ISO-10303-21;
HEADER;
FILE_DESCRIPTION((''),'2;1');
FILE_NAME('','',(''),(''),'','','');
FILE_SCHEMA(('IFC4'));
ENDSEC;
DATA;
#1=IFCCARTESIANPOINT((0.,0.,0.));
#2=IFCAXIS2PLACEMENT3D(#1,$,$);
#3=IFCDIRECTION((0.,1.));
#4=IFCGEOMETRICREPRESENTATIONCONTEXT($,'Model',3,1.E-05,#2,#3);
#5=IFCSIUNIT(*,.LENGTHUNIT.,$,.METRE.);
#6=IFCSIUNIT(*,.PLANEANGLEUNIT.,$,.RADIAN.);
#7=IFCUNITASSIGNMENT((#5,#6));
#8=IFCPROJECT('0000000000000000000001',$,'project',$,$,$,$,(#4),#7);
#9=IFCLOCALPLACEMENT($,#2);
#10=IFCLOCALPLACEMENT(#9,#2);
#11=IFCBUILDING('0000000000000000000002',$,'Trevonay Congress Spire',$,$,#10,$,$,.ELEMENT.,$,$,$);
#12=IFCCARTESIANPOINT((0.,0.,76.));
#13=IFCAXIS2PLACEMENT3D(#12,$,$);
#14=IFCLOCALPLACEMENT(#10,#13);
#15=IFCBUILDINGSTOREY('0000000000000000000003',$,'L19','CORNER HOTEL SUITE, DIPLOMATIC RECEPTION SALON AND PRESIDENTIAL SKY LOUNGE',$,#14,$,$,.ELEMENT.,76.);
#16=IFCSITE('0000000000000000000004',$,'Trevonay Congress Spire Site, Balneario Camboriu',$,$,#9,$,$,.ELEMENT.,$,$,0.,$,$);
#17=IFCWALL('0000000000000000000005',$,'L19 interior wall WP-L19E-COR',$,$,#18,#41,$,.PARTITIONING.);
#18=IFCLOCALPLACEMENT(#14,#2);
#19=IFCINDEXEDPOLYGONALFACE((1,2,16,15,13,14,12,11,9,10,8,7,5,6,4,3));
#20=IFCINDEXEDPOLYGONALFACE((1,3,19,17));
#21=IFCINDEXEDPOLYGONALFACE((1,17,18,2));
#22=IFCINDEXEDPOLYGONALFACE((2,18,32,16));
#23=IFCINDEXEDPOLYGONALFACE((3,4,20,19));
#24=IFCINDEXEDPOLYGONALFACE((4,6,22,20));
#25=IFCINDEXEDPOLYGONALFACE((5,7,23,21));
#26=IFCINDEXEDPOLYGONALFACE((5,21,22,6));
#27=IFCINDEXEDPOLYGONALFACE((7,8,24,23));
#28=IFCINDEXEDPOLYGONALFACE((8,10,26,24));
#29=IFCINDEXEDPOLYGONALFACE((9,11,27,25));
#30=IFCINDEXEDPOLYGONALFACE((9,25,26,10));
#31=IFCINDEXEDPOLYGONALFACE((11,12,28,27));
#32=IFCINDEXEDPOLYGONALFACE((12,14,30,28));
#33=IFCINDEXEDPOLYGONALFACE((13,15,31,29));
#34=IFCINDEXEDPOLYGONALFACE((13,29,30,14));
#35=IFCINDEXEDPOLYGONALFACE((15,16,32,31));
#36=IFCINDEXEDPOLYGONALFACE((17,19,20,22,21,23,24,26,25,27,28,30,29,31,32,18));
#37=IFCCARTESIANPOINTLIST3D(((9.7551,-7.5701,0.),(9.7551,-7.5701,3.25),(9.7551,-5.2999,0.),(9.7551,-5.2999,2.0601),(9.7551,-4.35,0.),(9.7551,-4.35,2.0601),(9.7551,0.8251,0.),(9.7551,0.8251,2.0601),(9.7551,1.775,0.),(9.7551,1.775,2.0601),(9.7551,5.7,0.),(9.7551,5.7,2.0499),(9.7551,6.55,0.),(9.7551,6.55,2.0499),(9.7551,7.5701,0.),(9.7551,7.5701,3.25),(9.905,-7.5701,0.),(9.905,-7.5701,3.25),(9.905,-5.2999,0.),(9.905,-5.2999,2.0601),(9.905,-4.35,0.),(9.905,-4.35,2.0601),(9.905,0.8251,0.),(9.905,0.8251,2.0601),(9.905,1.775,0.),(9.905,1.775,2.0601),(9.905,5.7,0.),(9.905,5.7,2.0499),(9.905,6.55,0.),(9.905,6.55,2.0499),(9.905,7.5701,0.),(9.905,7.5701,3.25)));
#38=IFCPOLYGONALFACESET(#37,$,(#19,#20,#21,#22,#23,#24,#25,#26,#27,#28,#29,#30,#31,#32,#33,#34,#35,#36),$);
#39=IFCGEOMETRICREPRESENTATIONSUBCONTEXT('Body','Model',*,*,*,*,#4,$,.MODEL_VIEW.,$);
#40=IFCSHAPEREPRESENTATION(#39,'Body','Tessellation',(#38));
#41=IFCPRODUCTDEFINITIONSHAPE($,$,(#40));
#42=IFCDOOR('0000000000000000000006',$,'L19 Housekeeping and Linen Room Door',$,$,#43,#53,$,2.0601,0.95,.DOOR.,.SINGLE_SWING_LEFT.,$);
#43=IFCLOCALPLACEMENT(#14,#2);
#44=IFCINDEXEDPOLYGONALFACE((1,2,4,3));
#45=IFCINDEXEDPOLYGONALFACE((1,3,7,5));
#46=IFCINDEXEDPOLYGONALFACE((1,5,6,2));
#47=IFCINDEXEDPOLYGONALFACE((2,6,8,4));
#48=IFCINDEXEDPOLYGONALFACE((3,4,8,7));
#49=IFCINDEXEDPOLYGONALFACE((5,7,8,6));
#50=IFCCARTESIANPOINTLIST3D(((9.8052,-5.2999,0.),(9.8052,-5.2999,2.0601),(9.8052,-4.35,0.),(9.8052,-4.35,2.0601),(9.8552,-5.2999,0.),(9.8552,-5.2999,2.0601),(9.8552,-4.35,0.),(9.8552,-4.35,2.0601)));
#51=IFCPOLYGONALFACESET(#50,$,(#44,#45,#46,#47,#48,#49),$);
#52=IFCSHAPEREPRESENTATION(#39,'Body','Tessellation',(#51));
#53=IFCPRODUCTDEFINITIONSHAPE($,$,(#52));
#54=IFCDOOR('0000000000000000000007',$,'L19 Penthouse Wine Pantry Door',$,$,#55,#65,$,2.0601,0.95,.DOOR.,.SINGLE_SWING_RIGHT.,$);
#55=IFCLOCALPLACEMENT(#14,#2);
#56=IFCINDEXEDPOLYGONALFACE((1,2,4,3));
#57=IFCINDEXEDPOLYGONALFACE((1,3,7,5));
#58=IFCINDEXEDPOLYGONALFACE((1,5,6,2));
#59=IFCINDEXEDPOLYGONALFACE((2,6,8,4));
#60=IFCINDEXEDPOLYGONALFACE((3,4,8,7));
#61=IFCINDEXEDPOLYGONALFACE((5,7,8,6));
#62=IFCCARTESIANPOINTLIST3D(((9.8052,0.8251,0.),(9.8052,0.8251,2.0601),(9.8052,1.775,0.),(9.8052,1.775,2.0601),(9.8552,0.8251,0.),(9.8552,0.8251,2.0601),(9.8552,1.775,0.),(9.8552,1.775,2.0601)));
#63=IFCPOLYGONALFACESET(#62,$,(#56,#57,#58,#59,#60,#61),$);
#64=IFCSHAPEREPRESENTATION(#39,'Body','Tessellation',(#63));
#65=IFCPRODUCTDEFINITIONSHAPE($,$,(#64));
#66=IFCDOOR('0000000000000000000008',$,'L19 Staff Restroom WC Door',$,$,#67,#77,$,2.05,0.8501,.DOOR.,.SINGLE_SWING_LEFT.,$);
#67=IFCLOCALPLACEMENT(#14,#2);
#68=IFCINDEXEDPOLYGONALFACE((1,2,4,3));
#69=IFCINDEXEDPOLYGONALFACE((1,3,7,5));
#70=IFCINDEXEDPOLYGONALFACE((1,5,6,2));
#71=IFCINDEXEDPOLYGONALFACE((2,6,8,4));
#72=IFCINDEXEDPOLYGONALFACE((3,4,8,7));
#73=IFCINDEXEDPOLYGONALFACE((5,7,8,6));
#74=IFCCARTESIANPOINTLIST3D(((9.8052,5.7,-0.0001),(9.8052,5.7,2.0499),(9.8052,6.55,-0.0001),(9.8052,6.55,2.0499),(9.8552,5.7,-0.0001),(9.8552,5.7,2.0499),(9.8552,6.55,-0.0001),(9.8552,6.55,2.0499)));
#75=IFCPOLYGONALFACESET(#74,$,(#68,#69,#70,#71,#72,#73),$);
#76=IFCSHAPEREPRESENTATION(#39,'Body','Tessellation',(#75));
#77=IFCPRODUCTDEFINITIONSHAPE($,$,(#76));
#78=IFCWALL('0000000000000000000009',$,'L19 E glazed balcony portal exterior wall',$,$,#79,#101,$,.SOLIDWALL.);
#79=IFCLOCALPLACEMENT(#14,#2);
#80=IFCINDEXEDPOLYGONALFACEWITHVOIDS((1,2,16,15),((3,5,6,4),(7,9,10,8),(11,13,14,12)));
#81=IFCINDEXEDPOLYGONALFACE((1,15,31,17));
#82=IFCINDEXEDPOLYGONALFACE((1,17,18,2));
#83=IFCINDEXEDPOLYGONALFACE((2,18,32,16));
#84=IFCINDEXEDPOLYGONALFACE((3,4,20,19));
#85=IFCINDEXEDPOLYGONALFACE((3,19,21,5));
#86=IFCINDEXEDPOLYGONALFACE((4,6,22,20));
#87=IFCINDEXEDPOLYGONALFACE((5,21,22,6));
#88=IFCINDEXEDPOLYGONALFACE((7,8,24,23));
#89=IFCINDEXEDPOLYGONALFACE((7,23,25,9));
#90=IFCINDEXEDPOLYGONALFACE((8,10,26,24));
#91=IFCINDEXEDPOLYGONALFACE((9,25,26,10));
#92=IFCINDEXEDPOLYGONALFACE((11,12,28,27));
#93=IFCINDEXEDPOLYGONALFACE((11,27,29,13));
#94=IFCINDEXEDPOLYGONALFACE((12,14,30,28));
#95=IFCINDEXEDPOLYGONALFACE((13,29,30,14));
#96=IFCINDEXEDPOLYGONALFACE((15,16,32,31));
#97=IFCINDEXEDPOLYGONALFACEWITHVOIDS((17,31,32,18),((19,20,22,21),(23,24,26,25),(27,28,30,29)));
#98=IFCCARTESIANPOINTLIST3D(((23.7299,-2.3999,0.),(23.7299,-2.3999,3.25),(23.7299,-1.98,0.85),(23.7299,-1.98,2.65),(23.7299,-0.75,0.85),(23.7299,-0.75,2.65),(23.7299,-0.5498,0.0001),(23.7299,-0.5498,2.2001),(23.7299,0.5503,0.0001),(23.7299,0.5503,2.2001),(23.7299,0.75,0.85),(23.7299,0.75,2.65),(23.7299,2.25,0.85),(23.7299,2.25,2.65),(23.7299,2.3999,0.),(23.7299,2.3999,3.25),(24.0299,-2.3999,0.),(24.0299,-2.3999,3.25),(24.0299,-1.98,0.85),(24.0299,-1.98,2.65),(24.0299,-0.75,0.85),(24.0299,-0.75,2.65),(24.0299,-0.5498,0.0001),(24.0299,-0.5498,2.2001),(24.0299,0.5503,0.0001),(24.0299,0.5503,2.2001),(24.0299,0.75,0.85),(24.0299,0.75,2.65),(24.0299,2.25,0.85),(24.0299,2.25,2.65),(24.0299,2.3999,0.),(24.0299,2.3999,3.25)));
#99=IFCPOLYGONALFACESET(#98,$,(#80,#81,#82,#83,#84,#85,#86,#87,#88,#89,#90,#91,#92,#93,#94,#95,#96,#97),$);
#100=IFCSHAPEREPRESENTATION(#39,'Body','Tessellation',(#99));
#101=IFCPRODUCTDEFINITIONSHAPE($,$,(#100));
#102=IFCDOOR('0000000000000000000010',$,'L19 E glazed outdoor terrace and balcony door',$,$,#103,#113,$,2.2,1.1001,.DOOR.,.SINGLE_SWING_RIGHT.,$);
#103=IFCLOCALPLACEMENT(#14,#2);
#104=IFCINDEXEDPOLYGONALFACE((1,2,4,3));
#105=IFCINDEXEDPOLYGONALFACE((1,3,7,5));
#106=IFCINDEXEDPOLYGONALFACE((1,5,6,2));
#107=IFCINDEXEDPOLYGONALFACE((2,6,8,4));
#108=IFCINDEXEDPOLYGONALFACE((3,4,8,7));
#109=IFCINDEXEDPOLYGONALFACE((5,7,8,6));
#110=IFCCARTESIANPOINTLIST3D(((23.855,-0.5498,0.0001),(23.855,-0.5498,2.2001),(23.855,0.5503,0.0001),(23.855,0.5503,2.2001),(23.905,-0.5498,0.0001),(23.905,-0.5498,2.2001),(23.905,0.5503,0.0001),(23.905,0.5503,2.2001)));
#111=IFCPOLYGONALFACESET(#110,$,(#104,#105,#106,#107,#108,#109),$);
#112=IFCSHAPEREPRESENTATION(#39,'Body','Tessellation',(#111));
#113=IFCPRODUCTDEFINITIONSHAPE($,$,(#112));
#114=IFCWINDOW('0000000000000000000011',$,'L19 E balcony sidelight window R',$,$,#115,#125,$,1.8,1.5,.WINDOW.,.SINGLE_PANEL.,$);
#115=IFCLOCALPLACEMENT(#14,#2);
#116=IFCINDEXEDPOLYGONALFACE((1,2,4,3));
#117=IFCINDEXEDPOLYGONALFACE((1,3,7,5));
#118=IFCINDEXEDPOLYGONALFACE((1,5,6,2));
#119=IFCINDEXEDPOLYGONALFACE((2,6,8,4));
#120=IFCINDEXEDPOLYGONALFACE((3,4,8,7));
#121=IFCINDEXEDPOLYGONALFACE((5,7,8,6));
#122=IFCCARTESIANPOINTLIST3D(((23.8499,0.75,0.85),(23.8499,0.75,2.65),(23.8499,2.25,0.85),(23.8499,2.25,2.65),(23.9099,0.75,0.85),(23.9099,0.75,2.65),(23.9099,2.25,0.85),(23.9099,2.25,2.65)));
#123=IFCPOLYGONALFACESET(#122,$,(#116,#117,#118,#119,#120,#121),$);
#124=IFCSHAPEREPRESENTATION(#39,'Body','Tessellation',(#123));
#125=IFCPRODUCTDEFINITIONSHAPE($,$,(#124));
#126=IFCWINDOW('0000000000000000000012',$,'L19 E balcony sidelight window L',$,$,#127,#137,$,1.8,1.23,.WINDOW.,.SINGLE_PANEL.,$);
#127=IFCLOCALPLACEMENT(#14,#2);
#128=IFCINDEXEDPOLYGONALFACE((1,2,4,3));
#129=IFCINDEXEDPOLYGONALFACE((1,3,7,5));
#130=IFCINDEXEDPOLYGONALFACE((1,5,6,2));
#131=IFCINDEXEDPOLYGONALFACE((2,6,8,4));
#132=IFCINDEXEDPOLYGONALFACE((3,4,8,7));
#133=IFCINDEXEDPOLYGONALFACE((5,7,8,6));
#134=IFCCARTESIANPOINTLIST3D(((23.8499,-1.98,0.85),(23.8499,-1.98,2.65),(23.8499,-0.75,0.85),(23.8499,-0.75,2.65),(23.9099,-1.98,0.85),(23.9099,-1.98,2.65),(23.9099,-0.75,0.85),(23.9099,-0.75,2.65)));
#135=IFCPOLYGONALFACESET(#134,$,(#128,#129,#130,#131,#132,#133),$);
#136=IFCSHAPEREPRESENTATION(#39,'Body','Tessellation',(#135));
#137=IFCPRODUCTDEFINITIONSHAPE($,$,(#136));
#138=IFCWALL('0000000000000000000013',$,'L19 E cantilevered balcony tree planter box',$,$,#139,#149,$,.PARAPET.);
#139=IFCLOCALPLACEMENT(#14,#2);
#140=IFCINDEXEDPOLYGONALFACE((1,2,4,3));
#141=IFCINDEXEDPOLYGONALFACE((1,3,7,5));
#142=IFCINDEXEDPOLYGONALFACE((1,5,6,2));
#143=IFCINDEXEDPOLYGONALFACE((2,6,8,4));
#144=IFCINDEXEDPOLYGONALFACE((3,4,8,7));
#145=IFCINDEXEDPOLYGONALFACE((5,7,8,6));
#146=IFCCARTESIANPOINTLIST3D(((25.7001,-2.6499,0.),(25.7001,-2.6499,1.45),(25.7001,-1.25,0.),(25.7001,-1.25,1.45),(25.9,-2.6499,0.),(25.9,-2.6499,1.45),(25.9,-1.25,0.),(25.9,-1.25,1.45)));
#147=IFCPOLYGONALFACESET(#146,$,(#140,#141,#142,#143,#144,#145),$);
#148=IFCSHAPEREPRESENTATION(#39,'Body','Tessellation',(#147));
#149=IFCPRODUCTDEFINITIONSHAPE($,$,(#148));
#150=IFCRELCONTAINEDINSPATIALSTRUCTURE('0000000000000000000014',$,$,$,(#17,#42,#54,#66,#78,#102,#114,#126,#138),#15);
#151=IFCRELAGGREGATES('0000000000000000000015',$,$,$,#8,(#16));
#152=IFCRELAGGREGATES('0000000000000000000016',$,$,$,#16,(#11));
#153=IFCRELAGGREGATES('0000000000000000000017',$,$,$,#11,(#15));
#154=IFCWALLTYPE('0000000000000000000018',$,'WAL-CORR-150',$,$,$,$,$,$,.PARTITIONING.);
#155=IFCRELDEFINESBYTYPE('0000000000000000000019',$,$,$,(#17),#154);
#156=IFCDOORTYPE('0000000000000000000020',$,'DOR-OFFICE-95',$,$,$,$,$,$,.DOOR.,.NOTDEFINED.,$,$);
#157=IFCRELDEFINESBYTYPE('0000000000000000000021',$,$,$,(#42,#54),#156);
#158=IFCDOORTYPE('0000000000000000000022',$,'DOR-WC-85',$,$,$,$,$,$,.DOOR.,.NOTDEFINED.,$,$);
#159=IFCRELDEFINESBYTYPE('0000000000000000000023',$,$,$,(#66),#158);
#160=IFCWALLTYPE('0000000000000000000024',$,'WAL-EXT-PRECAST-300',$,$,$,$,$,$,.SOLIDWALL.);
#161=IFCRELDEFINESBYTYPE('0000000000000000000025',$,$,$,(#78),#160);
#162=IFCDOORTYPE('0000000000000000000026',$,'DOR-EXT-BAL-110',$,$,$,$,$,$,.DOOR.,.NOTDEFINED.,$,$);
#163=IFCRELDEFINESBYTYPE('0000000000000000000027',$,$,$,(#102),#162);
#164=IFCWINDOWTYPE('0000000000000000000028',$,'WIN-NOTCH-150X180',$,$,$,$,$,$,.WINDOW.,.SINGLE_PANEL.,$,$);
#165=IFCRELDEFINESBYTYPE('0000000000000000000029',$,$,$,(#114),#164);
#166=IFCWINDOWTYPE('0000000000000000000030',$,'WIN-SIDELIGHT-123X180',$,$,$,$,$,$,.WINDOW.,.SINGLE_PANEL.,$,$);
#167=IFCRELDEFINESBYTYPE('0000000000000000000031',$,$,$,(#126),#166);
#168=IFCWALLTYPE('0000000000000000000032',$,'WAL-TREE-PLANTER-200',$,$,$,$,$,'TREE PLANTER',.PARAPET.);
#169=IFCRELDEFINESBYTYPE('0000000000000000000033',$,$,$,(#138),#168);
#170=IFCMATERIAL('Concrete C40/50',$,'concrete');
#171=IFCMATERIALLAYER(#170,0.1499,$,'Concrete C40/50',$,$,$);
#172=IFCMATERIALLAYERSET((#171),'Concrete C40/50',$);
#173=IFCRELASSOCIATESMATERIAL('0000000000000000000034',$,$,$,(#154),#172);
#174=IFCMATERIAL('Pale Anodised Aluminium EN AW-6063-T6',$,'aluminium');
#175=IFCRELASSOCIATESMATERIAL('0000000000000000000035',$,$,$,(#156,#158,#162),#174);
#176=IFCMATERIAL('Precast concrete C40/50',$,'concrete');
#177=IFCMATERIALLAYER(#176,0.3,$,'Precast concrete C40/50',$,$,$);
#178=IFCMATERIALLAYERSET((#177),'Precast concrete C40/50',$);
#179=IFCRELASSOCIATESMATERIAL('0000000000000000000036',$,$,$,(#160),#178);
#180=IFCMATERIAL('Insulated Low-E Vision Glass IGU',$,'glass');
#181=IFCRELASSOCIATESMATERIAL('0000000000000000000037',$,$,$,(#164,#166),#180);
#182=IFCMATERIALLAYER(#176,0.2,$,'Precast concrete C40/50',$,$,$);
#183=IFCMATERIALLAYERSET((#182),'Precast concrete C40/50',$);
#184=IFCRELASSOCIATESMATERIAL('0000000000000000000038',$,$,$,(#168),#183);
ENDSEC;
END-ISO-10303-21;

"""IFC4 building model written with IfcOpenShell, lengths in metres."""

from ifc_helpers import new_model, si_unit, direction, frame, frame_2d, origin, place, context, subcontext, project, spatial, rectangle, extrude, material, layer, layer_set, type_object, element, fill, save


model = new_model("IFC4")

# Units and contexts
model_context = context("Model", 3, precision=1e-05, world=origin(), true_north=direction((0.0, 1.0)))
body_context = subcontext(model_context, "Body", "Model", "MODEL_VIEW")
ifc_project = project(units=[si_unit("LENGTHUNIT", "METRE"), si_unit("PLANEANGLEUNIT", "RADIAN")], contexts=[model_context])

# Site, building, storey
site_placement = place(None, origin())
site = spatial("IfcSite", under=ifc_project, at=site_placement, Name="Trevonay Congress Spire Site, Balneario Camboriu", CompositionType="ELEMENT", RefElevation=0.0)
building_placement = place(site_placement, origin())
building = spatial("IfcBuilding", under=site, at=building_placement, Name="Trevonay Congress Spire", CompositionType="ELEMENT")
storey_placement = place(building_placement, frame((0.0, 0.0, 76.0)))
storey = spatial("IfcBuildingStorey", under=building, at=storey_placement, Name="L19", Description="CORNER HOTEL SUITE, DIPLOMATIC RECEPTION SALON AND PRESIDENTIAL SKY LOUNGE", CompositionType="ELEMENT", Elevation=76.0)

# Shared definitions
ifc_material_1 = material(Name="Pale Anodised Aluminium EN AW-6063-T6", Category="aluminium")
ifc_material_2 = material(Name="Insulated Low-E Vision Glass IGU", Category="glass")

# Shared definitions
ifc_material_3 = material(Name="Concrete C40/50", Category="concrete")

# Wall, openings, doors
ifc_layer_1 = layer(ifc_material_3, 0.1499, Name="Concrete C40/50")
ifc_layer_set_1 = layer_set([ifc_layer_1], Name="Concrete C40/50")
wall_type_1 = type_object("IfcWallType", Name="WAL-CORR-150", PredefinedType="PARTITIONING", material=ifc_layer_set_1)
wall_1_placement = place(storey_placement, frame((9.8301, -7.5701, 0.0), z_axis=(0.0, 0.0, 1.0), x_axis=(0.0, 1.0, 0.0)))
wall_1 = element("IfcWall", 1, at=wall_1_placement, inside=storey, type_object=wall_type_1, Name="L19 interior wall WP-L19E-COR", PredefinedType="PARTITIONING", context=body_context, shape_type="SweptSolid", body=[
    extrude(rectangle(XDim=15.1401, YDim=0.1499, at=frame_2d((7.5701, 0.0))), origin(), (0.0, 0.0, 1.0), 3.25),
])
opening_1_placement = place(wall_1_placement, frame((2.27, 0.0, 0.0)))
opening_1 = element("IfcOpeningElement", 2, at=opening_1_placement, cuts=wall_1, PredefinedType="OPENING", context=body_context, shape_type="SweptSolid", body=[
    extrude(rectangle(XDim=0.95, YDim=2.0601, at=frame_2d((0.4751, 1.03))), frame((0.0, 0.085, 0.0), z_axis=(0.0, -1.0, 0.0), x_axis=(1.0, 0.0, 0.0)), (0.0, 0.0, 1.0), 0.1699),
])
opening_2_placement = place(wall_1_placement, frame((8.395, 0.0, 0.0)))
opening_2 = element("IfcOpeningElement", 3, at=opening_2_placement, cuts=wall_1, PredefinedType="OPENING", context=body_context, shape_type="SweptSolid", body=[
    extrude(rectangle(XDim=0.95, YDim=2.0601, at=frame_2d((0.4751, 1.03))), frame((0.0, 0.085, 0.0), z_axis=(0.0, -1.0, 0.0), x_axis=(1.0, 0.0, 0.0)), (0.0, 0.0, 1.0), 0.1699),
])
opening_3_placement = place(wall_1_placement, frame((13.27, 0.0, 0.0)))
opening_3 = element("IfcOpeningElement", 4, at=opening_3_placement, cuts=wall_1, PredefinedType="OPENING", context=body_context, shape_type="SweptSolid", body=[
    extrude(rectangle(XDim=0.8501, YDim=2.05, at=frame_2d((0.425, 1.0249))), frame((0.0, 0.085, 0.0), z_axis=(0.0, -1.0, 0.0), x_axis=(1.0, 0.0, 0.0)), (0.0, 0.0, 1.0), 0.1699),
])
door_type_1 = type_object("IfcDoorType", Name="DOR-OFFICE-95", OperationType="NOTDEFINED", PredefinedType="DOOR", material=ifc_material_1)
door_1_placement = place(opening_1_placement, origin())
door_1 = element("IfcDoor", 5, at=door_1_placement, inside=storey, type_object=door_type_1, Name="L19 Housekeeping and Linen Room Door", OperationType="SINGLE_SWING_LEFT", OverallHeight=2.0601, OverallWidth=0.95, PredefinedType="DOOR", context=body_context, shape_type="SweptSolid", body=[
    extrude(rectangle(XDim=0.95, YDim=2.0601, at=frame_2d((0.4751, 1.03))), frame((0.0, 0.0249, 0.0), z_axis=(0.0, -1.0, 0.0), x_axis=(1.0, 0.0, 0.0)), (0.0, 0.0, 1.0), 0.05),
])
fill(opening_1, door_1)
door_2_placement = place(opening_2_placement, origin())
door_2 = element("IfcDoor", 6, at=door_2_placement, inside=storey, type_object=door_type_1, Name="L19 Penthouse Wine Pantry Door", OperationType="SINGLE_SWING_RIGHT", OverallHeight=2.0601, OverallWidth=0.95, PredefinedType="DOOR", context=body_context, shape_type="SweptSolid", body=[
    extrude(rectangle(XDim=0.95, YDim=2.0601, at=frame_2d((0.4751, 1.03))), frame((0.0, 0.0249, 0.0), z_axis=(0.0, -1.0, 0.0), x_axis=(1.0, 0.0, 0.0)), (0.0, 0.0, 1.0), 0.05),
])
fill(opening_2, door_2)
door_type_2 = type_object("IfcDoorType", Name="DOR-WC-85", OperationType="NOTDEFINED", PredefinedType="DOOR", material=ifc_material_1)
door_3_placement = place(opening_3_placement, origin())
door_3 = element("IfcDoor", 7, at=door_3_placement, inside=storey, type_object=door_type_2, Name="L19 Staff Restroom WC Door", OperationType="SINGLE_SWING_LEFT", OverallHeight=2.05, OverallWidth=0.8501, PredefinedType="DOOR", context=body_context, shape_type="SweptSolid", body=[
    extrude(rectangle(XDim=0.8501, YDim=2.05, at=frame_2d((0.425, 1.0249))), frame((0.0, 0.0249, 0.0), z_axis=(0.0, -1.0, 0.0), x_axis=(1.0, 0.0, 0.0)), (0.0, 0.0, 1.0), 0.05),
])
fill(opening_3, door_3)

# Wall, openings, door, windows
ifc_material_4 = material(Name="Precast concrete C40/50", Category="concrete")
ifc_layer_2 = layer(ifc_material_4, 0.3, Name="Precast concrete C40/50")
ifc_layer_set_2 = layer_set([ifc_layer_2], Name="Precast concrete C40/50")
wall_type_2 = type_object("IfcWallType", Name="WAL-EXT-PRECAST-300", PredefinedType="SOLIDWALL", material=ifc_layer_set_2)
wall_2_placement = place(storey_placement, frame((23.8799, -2.3999, 0.0), z_axis=(0.0, 0.0, 1.0), x_axis=(0.0, 1.0, 0.0)))
wall_2 = element("IfcWall", 8, at=wall_2_placement, inside=storey, type_object=wall_type_2, Name="L19 E glazed balcony portal exterior wall", PredefinedType="SOLIDWALL", context=body_context, shape_type="SweptSolid", body=[
    extrude(rectangle(XDim=4.7998, YDim=0.3, at=frame_2d((2.3999, 0.0))), origin(), (0.0, 0.0, 1.0), 3.25),
])
opening_4_placement = place(wall_2_placement, frame((1.8501, 0.0, 0.0)))
opening_4 = element("IfcOpeningElement", 9, at=opening_4_placement, cuts=wall_2, PredefinedType="OPENING", context=body_context, shape_type="SweptSolid", body=[
    extrude(rectangle(XDim=1.1001, YDim=2.2, at=frame_2d((0.55, 1.1001))), frame((0.0, 0.1602, 0.0), z_axis=(0.0, -1.0, 0.0), x_axis=(1.0, 0.0, 0.0)), (0.0, 0.0, 1.0), 0.3201),
])
opening_5_placement = place(wall_2_placement, frame((0.4199, 0.0, 0.8501)))
opening_5 = element("IfcOpeningElement", 10, at=opening_5_placement, cuts=wall_2, PredefinedType="OPENING", context=body_context, shape_type="SweptSolid", body=[
    extrude(rectangle(XDim=1.23, YDim=1.8, at=frame_2d((0.615, 0.8999))), frame((0.0, 0.1602, 0.0), z_axis=(0.0, -1.0, 0.0), x_axis=(1.0, 0.0, 0.0)), (0.0, 0.0, 1.0), 0.3201),
])
opening_6_placement = place(wall_2_placement, frame((3.1499, 0.0, 0.8501)))
opening_6 = element("IfcOpeningElement", 11, at=opening_6_placement, cuts=wall_2, PredefinedType="OPENING", context=body_context, shape_type="SweptSolid", body=[
    extrude(rectangle(XDim=1.5, YDim=1.8, at=frame_2d((0.75, 0.8999))), frame((0.0, 0.1602, 0.0), z_axis=(0.0, -1.0, 0.0), x_axis=(1.0, 0.0, 0.0)), (0.0, 0.0, 1.0), 0.3201),
])
door_type_3 = type_object("IfcDoorType", Name="DOR-EXT-BAL-110", OperationType="NOTDEFINED", PredefinedType="DOOR", material=ifc_material_1)
door_4_placement = place(opening_4_placement, origin())
door_4 = element("IfcDoor", 12, at=door_4_placement, inside=storey, type_object=door_type_3, Name="L19 E glazed outdoor terrace and balcony door", OperationType="SINGLE_SWING_RIGHT", OverallHeight=2.2, OverallWidth=1.1001, PredefinedType="DOOR", context=body_context, shape_type="SweptSolid", body=[
    extrude(rectangle(XDim=1.1001, YDim=2.2, at=frame_2d((0.55, 1.1001))), frame((0.0, 0.0249, 0.0), z_axis=(0.0, -1.0, 0.0), x_axis=(1.0, 0.0, 0.0)), (0.0, 0.0, 1.0), 0.05),
])
fill(opening_4, door_4)
window_type_1 = type_object("IfcWindowType", Name="WIN-NOTCH-150X180", PartitioningType="SINGLE_PANEL", PredefinedType="WINDOW", material=ifc_material_2)
window_1_placement = place(opening_6_placement, origin())
window_1 = element("IfcWindow", 13, at=window_1_placement, inside=storey, type_object=window_type_1, Name="L19 E balcony sidelight window R", OverallHeight=1.8, OverallWidth=1.5, PartitioningType="SINGLE_PANEL", PredefinedType="WINDOW", context=body_context, shape_type="SweptSolid", body=[
    extrude(rectangle(XDim=1.5, YDim=1.8, at=frame_2d((0.75, 0.8999))), frame((0.0, 0.03, 0.0), z_axis=(0.0, -1.0, 0.0), x_axis=(1.0, 0.0, 0.0)), (0.0, 0.0, 1.0), 0.0601),
])
fill(opening_6, window_1)
window_type_2 = type_object("IfcWindowType", Name="WIN-SIDELIGHT-123X180", PartitioningType="SINGLE_PANEL", PredefinedType="WINDOW", material=ifc_material_2)
window_2_placement = place(opening_5_placement, origin())
window_2 = element("IfcWindow", 14, at=window_2_placement, inside=storey, type_object=window_type_2, Name="L19 E balcony sidelight window L", OverallHeight=1.8, OverallWidth=1.23, PartitioningType="SINGLE_PANEL", PredefinedType="WINDOW", context=body_context, shape_type="SweptSolid", body=[
    extrude(rectangle(XDim=1.23, YDim=1.8, at=frame_2d((0.615, 0.8999))), frame((0.0, 0.03, 0.0), z_axis=(0.0, -1.0, 0.0), x_axis=(1.0, 0.0, 0.0)), (0.0, 0.0, 1.0), 0.0601),
])
fill(opening_5, window_2)

# Wall
ifc_layer_3 = layer(ifc_material_4, 0.2, Name="Precast concrete C40/50")
ifc_layer_set_3 = layer_set([ifc_layer_3], Name="Precast concrete C40/50")
wall_type_3 = type_object("IfcWallType", Name="WAL-TREE-PLANTER-200", ElementType="TREE PLANTER", PredefinedType="PARAPET", material=ifc_layer_set_3)
wall_3_placement = place(storey_placement, frame((25.8, -2.6499, 0.0), z_axis=(0.0, 0.0, 1.0), x_axis=(0.0, 1.0, 0.0)))
element("IfcWall", 15, at=wall_3_placement, inside=storey, type_object=wall_type_3, Name="L19 E cantilevered balcony tree planter box", PredefinedType="PARAPET", context=body_context, shape_type="SweptSolid", body=[
    extrude(rectangle(XDim=1.3999, YDim=0.2, at=frame_2d((0.7, 0.0))), origin(), (0.0, 0.0, 1.0), 1.45),
])

save(model, "model.ifc")
